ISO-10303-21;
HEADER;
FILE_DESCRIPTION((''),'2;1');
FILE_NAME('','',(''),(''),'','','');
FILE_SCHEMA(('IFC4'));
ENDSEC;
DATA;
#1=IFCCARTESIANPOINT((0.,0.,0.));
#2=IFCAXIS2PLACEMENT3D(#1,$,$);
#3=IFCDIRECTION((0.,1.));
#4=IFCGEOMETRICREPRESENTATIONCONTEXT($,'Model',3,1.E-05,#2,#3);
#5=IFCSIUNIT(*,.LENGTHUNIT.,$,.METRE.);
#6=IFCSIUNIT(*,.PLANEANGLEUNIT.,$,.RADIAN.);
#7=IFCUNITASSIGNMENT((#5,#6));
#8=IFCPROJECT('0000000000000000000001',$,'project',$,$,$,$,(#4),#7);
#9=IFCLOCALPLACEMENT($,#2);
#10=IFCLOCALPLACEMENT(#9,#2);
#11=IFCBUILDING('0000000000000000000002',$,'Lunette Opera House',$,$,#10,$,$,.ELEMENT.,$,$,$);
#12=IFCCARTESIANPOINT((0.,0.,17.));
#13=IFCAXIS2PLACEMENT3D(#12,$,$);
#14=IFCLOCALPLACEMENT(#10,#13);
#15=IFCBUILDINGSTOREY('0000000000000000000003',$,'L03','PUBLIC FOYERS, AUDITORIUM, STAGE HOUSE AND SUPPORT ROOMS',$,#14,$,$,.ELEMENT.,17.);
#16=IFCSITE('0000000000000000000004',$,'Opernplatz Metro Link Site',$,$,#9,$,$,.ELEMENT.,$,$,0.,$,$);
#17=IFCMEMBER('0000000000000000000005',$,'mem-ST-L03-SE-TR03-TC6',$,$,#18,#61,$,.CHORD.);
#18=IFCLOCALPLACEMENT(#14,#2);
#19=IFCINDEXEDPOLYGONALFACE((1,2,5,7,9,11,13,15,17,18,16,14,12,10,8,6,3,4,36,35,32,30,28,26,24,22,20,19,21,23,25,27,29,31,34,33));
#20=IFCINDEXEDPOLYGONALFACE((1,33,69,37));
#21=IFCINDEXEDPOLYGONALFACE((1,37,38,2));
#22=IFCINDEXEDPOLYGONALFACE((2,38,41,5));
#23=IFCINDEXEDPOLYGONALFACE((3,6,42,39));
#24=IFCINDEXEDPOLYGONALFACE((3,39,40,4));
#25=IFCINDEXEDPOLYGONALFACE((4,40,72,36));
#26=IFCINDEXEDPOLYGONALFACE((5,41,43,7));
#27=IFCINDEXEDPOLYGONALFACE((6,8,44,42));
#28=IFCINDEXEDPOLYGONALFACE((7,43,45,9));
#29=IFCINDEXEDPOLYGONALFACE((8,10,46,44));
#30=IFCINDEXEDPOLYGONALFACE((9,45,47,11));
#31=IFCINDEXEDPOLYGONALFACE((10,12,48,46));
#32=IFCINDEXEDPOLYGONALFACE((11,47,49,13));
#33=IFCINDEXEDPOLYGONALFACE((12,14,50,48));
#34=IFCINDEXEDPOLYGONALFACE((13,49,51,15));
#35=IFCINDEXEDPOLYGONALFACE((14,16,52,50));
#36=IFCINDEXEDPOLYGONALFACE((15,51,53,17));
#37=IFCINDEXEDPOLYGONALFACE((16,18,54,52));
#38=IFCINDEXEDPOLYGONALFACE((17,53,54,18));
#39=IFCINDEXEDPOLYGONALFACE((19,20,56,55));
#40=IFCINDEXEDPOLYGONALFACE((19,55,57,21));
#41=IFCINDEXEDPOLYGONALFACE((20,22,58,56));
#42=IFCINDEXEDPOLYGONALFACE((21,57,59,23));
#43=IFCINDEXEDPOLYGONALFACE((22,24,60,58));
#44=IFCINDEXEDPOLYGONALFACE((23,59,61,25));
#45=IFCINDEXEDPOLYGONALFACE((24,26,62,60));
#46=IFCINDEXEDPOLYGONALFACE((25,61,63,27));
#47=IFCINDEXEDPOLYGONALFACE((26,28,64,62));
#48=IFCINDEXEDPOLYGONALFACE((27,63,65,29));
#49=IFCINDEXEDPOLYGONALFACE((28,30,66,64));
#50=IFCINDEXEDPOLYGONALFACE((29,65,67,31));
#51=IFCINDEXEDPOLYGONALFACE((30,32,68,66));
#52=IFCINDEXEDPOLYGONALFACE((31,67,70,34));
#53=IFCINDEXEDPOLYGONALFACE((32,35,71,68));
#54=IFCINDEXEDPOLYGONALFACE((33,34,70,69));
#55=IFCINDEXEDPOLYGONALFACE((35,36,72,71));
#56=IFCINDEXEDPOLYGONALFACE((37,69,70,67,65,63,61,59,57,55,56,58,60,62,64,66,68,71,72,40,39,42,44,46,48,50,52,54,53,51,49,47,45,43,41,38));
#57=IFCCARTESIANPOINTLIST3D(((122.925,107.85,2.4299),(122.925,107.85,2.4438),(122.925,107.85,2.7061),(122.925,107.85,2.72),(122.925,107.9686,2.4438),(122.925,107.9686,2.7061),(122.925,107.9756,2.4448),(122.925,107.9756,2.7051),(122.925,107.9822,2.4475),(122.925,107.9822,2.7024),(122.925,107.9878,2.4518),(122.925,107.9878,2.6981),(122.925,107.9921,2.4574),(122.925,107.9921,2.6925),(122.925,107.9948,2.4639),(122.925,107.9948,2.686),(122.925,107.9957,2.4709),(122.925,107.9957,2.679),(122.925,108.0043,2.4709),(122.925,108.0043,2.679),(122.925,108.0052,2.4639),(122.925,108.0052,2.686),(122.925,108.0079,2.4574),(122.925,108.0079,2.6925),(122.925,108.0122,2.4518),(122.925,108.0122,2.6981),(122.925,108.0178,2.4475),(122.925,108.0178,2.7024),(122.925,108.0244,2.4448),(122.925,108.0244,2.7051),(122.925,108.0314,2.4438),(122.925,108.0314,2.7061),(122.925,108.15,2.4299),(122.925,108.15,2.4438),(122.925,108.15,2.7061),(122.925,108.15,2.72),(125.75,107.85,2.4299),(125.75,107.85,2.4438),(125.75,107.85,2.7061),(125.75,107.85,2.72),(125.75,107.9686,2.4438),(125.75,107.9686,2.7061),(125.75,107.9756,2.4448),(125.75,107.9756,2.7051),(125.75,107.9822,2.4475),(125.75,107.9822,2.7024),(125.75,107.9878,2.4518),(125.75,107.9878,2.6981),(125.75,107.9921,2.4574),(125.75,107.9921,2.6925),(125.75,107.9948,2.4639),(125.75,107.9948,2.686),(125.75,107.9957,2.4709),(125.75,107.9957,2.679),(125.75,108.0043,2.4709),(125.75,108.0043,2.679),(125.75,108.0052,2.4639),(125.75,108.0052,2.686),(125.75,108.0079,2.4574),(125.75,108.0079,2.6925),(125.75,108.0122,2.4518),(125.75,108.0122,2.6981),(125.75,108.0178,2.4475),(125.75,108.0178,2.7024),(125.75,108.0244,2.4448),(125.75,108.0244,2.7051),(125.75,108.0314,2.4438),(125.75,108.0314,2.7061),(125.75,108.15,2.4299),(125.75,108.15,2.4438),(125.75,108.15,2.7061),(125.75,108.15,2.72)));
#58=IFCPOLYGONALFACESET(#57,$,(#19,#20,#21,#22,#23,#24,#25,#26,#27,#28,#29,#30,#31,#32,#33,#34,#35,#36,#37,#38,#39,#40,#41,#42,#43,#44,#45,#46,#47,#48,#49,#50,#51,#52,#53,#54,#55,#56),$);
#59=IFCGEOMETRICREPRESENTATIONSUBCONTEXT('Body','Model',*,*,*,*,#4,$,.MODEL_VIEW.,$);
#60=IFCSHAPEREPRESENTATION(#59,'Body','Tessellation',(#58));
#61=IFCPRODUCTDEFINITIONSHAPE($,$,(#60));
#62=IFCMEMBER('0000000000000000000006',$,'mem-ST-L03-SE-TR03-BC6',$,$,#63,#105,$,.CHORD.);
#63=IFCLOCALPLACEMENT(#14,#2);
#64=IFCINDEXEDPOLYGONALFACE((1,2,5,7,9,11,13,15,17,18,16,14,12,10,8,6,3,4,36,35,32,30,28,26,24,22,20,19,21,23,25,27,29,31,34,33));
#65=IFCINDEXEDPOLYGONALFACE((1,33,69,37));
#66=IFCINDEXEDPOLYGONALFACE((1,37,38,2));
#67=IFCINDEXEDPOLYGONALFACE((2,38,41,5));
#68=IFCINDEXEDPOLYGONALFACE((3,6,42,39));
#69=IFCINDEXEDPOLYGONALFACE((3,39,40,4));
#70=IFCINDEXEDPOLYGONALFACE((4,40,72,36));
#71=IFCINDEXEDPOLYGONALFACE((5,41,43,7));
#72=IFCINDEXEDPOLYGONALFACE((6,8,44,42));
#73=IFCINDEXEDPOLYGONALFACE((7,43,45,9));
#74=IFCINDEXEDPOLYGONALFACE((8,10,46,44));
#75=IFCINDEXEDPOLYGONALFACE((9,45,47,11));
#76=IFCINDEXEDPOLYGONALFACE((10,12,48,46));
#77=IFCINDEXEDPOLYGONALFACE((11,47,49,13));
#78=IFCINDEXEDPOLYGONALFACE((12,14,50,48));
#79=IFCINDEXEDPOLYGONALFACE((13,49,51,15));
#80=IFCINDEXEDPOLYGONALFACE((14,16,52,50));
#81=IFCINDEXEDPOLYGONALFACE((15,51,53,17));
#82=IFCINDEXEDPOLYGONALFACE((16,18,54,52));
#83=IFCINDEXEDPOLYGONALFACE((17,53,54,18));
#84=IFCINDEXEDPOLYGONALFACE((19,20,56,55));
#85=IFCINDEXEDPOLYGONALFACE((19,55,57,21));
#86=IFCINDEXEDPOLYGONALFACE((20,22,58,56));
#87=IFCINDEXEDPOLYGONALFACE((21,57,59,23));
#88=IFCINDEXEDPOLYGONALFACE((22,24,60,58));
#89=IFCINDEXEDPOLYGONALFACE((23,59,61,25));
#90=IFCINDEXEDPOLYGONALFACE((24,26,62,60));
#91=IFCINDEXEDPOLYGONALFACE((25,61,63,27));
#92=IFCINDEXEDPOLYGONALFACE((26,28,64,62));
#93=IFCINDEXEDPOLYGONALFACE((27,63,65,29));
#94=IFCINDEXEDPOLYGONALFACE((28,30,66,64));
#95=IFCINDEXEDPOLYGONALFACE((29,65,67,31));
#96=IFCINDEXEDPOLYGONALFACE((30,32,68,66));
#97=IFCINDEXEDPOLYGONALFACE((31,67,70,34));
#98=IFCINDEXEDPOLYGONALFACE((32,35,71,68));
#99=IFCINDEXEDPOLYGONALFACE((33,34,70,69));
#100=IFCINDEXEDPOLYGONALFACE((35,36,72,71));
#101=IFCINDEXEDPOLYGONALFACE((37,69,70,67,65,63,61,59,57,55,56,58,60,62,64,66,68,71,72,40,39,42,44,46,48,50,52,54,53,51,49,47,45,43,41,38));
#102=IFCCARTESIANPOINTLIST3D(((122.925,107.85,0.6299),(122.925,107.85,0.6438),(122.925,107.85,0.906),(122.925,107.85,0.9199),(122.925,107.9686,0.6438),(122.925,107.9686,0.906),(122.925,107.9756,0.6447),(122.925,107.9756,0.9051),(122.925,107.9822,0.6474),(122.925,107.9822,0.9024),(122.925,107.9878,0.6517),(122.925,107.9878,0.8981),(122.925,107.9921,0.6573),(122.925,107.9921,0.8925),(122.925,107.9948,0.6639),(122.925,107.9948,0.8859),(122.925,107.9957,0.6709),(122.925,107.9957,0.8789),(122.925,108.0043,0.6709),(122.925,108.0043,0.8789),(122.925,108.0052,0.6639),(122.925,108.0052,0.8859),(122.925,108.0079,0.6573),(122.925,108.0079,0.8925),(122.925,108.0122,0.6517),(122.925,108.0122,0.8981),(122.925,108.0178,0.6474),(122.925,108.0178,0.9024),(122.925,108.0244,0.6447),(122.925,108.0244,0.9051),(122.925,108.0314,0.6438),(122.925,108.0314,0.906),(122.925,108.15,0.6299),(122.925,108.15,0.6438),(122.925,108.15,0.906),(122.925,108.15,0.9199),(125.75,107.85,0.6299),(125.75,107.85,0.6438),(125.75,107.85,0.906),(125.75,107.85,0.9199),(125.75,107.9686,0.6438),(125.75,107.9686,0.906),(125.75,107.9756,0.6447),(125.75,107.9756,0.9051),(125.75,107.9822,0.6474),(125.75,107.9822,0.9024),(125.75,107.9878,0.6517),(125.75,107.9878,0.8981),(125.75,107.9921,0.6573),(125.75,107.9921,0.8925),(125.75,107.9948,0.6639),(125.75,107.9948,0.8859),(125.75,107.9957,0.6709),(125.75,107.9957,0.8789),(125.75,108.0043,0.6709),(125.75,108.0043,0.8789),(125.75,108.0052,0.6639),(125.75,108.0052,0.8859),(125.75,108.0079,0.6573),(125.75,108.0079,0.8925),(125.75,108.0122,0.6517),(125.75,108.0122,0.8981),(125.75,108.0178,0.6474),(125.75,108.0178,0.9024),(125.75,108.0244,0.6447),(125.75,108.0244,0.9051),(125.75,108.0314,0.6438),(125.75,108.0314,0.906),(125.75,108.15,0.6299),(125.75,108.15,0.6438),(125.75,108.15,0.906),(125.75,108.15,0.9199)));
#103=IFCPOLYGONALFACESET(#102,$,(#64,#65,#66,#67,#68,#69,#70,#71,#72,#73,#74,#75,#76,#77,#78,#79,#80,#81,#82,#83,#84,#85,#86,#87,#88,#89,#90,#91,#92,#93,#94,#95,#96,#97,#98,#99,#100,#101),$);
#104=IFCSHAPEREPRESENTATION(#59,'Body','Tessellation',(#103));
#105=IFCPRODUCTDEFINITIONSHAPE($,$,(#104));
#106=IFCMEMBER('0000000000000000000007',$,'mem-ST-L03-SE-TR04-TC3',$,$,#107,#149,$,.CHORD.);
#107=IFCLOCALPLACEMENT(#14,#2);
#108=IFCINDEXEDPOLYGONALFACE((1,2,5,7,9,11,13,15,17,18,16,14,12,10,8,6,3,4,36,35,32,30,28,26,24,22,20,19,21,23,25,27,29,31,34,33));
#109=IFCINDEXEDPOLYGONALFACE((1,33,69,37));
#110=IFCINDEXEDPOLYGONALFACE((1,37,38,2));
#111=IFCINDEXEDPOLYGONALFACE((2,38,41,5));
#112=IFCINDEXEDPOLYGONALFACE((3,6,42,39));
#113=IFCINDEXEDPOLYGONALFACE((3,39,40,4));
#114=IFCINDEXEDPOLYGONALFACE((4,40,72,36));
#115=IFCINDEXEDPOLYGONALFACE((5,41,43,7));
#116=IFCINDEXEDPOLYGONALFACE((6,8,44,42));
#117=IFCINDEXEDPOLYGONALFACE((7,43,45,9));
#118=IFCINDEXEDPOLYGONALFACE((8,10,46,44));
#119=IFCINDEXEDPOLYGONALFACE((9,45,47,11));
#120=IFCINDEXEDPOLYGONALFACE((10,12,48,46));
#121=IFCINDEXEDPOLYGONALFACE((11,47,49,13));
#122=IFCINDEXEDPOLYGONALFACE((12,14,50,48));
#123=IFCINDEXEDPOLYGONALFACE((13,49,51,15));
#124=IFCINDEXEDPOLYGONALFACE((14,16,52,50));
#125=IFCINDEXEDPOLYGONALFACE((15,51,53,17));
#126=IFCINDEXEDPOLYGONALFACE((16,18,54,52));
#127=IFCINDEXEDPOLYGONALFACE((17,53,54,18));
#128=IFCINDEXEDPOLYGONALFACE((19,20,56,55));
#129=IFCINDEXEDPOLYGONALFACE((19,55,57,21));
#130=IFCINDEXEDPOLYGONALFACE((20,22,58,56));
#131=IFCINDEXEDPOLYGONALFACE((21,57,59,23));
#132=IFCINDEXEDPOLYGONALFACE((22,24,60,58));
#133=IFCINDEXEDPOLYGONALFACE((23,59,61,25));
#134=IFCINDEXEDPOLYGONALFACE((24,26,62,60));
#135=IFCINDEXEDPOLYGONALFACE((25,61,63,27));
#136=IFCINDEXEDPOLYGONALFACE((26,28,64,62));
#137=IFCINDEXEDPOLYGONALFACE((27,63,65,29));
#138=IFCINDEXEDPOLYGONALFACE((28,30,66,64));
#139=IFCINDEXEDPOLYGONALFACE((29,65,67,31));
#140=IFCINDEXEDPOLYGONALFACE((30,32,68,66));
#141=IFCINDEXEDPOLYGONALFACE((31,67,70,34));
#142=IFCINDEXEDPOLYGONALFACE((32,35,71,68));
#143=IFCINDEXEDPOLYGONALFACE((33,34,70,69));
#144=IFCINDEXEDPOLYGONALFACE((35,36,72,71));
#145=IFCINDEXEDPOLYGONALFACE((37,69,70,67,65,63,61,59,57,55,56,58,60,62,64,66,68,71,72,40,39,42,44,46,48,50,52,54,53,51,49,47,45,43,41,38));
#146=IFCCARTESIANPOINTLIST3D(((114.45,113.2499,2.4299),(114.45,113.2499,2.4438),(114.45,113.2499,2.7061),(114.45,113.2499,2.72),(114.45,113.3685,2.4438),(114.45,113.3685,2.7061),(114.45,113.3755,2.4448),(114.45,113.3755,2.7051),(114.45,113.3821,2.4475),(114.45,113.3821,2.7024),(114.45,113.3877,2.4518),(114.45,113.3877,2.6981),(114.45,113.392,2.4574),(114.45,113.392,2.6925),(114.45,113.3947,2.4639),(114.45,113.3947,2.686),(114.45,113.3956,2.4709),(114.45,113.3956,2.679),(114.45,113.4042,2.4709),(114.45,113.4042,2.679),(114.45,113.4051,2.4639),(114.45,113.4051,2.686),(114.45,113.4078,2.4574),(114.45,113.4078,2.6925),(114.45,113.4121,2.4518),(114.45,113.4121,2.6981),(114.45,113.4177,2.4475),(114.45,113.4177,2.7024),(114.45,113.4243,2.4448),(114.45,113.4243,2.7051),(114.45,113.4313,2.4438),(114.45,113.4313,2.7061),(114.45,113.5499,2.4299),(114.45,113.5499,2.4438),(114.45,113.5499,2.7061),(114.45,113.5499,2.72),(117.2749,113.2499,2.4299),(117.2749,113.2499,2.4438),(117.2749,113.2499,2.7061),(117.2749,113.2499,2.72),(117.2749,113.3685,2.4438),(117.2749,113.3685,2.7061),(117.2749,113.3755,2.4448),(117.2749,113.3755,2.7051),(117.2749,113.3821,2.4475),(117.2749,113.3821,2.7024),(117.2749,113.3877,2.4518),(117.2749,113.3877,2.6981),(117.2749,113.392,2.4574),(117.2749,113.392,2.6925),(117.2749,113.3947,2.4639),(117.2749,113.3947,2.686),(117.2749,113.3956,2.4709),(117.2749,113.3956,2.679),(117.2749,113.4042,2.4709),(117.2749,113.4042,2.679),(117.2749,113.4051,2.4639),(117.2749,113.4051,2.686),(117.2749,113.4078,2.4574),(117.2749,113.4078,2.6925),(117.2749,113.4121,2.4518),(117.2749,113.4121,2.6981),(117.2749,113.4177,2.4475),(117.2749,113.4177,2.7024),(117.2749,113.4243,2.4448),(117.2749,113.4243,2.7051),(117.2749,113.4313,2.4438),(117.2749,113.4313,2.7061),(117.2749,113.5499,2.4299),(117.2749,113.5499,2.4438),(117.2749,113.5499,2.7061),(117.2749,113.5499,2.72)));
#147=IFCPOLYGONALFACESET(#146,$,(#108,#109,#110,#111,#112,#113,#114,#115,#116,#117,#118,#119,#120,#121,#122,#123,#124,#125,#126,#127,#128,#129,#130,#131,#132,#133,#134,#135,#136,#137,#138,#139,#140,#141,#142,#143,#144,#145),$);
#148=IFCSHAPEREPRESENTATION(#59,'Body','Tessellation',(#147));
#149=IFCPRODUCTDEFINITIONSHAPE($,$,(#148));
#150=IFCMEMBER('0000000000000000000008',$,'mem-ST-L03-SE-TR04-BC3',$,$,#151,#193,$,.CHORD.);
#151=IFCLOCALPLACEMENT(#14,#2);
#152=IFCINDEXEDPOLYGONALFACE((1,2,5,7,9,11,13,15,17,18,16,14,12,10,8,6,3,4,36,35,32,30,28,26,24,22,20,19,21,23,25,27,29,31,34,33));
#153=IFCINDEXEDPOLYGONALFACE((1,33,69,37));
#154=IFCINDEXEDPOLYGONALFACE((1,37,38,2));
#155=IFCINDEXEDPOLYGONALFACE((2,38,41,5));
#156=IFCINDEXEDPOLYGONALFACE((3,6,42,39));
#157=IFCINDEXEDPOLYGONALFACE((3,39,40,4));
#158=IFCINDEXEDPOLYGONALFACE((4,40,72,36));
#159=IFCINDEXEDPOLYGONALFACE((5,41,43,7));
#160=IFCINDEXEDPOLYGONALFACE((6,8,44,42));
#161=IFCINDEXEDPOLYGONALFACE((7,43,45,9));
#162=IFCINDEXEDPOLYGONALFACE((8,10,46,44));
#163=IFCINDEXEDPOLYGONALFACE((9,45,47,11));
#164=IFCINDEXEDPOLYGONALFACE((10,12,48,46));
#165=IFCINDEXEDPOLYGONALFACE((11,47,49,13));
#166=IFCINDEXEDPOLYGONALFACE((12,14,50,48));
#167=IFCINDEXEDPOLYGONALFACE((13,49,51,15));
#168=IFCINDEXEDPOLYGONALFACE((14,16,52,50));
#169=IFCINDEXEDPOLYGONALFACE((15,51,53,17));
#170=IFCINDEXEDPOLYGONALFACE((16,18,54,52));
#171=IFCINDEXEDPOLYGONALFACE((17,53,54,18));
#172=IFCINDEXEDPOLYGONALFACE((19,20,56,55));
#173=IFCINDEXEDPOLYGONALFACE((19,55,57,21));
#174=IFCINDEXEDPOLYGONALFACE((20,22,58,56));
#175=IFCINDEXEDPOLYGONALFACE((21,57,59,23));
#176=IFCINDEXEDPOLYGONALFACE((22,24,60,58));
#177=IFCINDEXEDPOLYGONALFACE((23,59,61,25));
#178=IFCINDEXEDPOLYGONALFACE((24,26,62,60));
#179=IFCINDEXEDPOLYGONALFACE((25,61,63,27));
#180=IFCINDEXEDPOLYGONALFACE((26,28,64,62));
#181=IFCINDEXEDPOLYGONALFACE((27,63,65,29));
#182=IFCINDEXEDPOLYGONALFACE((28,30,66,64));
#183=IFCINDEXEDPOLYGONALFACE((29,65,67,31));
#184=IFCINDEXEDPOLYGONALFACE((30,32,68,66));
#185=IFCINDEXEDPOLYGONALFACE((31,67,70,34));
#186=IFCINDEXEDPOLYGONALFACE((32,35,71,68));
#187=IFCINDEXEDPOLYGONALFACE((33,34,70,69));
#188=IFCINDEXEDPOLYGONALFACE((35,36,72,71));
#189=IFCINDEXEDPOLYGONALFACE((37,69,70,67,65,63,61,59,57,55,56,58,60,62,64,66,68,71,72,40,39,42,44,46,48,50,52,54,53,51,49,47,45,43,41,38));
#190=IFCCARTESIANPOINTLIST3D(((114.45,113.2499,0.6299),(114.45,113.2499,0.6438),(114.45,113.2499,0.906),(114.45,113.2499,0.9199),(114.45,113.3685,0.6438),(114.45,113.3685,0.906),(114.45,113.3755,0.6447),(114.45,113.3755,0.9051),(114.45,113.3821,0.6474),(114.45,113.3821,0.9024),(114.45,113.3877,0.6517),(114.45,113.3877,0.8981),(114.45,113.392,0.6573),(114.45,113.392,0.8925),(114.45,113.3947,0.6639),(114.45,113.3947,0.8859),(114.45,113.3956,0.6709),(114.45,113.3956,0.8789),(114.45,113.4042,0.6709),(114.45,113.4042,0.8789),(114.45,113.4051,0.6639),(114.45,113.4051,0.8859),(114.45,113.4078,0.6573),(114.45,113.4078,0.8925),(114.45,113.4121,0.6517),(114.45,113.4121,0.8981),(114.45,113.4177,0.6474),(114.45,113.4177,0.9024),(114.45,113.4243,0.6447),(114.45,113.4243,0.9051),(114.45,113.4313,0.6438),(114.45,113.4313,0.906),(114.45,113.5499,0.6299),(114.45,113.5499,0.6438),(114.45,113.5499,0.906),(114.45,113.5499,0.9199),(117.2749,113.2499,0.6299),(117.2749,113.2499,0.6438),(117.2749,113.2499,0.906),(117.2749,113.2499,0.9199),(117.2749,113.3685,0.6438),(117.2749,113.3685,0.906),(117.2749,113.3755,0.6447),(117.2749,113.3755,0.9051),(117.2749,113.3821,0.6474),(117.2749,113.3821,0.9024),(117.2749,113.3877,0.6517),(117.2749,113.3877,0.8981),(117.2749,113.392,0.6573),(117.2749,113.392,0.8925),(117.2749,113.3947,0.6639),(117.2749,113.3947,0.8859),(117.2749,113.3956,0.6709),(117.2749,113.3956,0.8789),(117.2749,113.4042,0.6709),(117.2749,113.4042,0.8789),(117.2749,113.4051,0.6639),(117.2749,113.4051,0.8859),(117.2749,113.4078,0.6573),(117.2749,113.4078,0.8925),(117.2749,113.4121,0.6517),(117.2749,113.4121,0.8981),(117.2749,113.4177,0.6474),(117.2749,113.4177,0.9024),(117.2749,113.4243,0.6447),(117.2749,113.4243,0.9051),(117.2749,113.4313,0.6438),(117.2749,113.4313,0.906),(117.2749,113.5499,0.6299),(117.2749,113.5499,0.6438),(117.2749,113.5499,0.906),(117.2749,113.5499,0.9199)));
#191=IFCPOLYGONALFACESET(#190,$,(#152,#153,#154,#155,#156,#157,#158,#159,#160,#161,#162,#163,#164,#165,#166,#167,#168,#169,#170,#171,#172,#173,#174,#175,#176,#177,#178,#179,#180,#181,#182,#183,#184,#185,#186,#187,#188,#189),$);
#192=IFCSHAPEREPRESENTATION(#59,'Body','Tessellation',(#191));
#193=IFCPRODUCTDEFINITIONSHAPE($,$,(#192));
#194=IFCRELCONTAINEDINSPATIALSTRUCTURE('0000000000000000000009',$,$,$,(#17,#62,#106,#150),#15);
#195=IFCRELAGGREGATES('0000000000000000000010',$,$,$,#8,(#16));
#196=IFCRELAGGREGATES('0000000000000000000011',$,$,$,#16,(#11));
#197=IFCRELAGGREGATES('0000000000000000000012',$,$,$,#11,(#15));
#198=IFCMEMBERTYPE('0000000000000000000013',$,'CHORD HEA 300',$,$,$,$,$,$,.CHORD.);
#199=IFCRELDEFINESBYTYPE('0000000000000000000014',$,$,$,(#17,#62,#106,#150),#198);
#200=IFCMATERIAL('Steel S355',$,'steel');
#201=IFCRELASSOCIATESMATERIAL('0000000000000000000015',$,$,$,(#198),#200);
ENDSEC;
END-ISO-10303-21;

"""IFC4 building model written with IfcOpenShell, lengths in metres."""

from ifc_helpers import new_model, si_unit, direction, frame, origin, origin_2d, place, context, subcontext, project, spatial, i_section, extrude, material, material_profile, profile_set, type_object, element, save


model = new_model("IFC4")

# Units and contexts
model_context = context("Model", 3, precision=1e-05, world=origin(), true_north=direction((0.0, 1.0)))
body_context = subcontext(model_context, "Body", "Model", "MODEL_VIEW")
ifc_project = project(units=[si_unit("LENGTHUNIT", "METRE"), si_unit("PLANEANGLEUNIT", "RADIAN")], contexts=[model_context])

# Site, building, storey
site_placement = place(None, origin())
site = spatial("IfcSite", under=ifc_project, at=site_placement, Name="Opernplatz Metro Link Site", CompositionType="ELEMENT", RefElevation=0.0)
building_placement = place(site_placement, origin())
building = spatial("IfcBuilding", under=site, at=building_placement, Name="Lunette Opera House", CompositionType="ELEMENT")
storey_placement = place(building_placement, frame((0.0, 0.0, 17.0)))
storey = spatial("IfcBuildingStorey", under=building, at=storey_placement, Name="L03", Description="PUBLIC FOYERS, AUDITORIUM, STAGE HOUSE AND SUPPORT ROOMS", CompositionType="ELEMENT", Elevation=17.0)

# Members
ifc_material_1 = material(Name="Steel S355", Category="steel")
ifc_material_profile_1 = material_profile(ifc_material_1, i_section(OverallWidth=0.3, OverallDepth=0.29, WebThickness=0.0085, FlangeThickness=0.0139, FilletRadius=0.0271, at=origin_2d()), Name="HEA 300")
ifc_profile_set_1 = profile_set([ifc_material_profile_1], Name="Steel S355")
member_type_1 = type_object("IfcMemberType", Name="CHORD HEA 300", PredefinedType="CHORD", material=ifc_profile_set_1)
for number, where, z_axis, x_axis, name in (
    (1, (122.925, 108.0, 2.575), (1.0, 0.0, 0.0), (0.0, 1.0, 0.0), "mem-ST-L03-SE-TR03-TC6"),
    (2, (122.925, 108.0, 0.7749), (1.0, 0.0, 0.0), (0.0, 1.0, 0.0), "mem-ST-L03-SE-TR03-BC6"),
    (3, (114.45, 113.3999, 2.575), (1.0, 0.0, 0.0), (0.0, 1.0, 0.0), "mem-ST-L03-SE-TR04-TC3"),
    (4, (114.45, 113.3999, 0.7749), (1.0, 0.0, 0.0), (0.0, 1.0, 0.0), "mem-ST-L03-SE-TR04-BC3"),
):
    element("IfcMember", number, at=place(storey_placement, frame(where, z_axis=z_axis, x_axis=x_axis)), inside=storey, type_object=member_type_1, Name=name, PredefinedType="CHORD", context=body_context, shape_type="SweptSolid", body=[
        extrude(i_section(OverallWidth=0.3, OverallDepth=0.29, WebThickness=0.0085, FlangeThickness=0.0139, FilletRadius=0.0271, at=origin_2d()), origin(), (0.0, 0.0, 1.0), 2.825),
    ])

save(model, "model.ifc")
